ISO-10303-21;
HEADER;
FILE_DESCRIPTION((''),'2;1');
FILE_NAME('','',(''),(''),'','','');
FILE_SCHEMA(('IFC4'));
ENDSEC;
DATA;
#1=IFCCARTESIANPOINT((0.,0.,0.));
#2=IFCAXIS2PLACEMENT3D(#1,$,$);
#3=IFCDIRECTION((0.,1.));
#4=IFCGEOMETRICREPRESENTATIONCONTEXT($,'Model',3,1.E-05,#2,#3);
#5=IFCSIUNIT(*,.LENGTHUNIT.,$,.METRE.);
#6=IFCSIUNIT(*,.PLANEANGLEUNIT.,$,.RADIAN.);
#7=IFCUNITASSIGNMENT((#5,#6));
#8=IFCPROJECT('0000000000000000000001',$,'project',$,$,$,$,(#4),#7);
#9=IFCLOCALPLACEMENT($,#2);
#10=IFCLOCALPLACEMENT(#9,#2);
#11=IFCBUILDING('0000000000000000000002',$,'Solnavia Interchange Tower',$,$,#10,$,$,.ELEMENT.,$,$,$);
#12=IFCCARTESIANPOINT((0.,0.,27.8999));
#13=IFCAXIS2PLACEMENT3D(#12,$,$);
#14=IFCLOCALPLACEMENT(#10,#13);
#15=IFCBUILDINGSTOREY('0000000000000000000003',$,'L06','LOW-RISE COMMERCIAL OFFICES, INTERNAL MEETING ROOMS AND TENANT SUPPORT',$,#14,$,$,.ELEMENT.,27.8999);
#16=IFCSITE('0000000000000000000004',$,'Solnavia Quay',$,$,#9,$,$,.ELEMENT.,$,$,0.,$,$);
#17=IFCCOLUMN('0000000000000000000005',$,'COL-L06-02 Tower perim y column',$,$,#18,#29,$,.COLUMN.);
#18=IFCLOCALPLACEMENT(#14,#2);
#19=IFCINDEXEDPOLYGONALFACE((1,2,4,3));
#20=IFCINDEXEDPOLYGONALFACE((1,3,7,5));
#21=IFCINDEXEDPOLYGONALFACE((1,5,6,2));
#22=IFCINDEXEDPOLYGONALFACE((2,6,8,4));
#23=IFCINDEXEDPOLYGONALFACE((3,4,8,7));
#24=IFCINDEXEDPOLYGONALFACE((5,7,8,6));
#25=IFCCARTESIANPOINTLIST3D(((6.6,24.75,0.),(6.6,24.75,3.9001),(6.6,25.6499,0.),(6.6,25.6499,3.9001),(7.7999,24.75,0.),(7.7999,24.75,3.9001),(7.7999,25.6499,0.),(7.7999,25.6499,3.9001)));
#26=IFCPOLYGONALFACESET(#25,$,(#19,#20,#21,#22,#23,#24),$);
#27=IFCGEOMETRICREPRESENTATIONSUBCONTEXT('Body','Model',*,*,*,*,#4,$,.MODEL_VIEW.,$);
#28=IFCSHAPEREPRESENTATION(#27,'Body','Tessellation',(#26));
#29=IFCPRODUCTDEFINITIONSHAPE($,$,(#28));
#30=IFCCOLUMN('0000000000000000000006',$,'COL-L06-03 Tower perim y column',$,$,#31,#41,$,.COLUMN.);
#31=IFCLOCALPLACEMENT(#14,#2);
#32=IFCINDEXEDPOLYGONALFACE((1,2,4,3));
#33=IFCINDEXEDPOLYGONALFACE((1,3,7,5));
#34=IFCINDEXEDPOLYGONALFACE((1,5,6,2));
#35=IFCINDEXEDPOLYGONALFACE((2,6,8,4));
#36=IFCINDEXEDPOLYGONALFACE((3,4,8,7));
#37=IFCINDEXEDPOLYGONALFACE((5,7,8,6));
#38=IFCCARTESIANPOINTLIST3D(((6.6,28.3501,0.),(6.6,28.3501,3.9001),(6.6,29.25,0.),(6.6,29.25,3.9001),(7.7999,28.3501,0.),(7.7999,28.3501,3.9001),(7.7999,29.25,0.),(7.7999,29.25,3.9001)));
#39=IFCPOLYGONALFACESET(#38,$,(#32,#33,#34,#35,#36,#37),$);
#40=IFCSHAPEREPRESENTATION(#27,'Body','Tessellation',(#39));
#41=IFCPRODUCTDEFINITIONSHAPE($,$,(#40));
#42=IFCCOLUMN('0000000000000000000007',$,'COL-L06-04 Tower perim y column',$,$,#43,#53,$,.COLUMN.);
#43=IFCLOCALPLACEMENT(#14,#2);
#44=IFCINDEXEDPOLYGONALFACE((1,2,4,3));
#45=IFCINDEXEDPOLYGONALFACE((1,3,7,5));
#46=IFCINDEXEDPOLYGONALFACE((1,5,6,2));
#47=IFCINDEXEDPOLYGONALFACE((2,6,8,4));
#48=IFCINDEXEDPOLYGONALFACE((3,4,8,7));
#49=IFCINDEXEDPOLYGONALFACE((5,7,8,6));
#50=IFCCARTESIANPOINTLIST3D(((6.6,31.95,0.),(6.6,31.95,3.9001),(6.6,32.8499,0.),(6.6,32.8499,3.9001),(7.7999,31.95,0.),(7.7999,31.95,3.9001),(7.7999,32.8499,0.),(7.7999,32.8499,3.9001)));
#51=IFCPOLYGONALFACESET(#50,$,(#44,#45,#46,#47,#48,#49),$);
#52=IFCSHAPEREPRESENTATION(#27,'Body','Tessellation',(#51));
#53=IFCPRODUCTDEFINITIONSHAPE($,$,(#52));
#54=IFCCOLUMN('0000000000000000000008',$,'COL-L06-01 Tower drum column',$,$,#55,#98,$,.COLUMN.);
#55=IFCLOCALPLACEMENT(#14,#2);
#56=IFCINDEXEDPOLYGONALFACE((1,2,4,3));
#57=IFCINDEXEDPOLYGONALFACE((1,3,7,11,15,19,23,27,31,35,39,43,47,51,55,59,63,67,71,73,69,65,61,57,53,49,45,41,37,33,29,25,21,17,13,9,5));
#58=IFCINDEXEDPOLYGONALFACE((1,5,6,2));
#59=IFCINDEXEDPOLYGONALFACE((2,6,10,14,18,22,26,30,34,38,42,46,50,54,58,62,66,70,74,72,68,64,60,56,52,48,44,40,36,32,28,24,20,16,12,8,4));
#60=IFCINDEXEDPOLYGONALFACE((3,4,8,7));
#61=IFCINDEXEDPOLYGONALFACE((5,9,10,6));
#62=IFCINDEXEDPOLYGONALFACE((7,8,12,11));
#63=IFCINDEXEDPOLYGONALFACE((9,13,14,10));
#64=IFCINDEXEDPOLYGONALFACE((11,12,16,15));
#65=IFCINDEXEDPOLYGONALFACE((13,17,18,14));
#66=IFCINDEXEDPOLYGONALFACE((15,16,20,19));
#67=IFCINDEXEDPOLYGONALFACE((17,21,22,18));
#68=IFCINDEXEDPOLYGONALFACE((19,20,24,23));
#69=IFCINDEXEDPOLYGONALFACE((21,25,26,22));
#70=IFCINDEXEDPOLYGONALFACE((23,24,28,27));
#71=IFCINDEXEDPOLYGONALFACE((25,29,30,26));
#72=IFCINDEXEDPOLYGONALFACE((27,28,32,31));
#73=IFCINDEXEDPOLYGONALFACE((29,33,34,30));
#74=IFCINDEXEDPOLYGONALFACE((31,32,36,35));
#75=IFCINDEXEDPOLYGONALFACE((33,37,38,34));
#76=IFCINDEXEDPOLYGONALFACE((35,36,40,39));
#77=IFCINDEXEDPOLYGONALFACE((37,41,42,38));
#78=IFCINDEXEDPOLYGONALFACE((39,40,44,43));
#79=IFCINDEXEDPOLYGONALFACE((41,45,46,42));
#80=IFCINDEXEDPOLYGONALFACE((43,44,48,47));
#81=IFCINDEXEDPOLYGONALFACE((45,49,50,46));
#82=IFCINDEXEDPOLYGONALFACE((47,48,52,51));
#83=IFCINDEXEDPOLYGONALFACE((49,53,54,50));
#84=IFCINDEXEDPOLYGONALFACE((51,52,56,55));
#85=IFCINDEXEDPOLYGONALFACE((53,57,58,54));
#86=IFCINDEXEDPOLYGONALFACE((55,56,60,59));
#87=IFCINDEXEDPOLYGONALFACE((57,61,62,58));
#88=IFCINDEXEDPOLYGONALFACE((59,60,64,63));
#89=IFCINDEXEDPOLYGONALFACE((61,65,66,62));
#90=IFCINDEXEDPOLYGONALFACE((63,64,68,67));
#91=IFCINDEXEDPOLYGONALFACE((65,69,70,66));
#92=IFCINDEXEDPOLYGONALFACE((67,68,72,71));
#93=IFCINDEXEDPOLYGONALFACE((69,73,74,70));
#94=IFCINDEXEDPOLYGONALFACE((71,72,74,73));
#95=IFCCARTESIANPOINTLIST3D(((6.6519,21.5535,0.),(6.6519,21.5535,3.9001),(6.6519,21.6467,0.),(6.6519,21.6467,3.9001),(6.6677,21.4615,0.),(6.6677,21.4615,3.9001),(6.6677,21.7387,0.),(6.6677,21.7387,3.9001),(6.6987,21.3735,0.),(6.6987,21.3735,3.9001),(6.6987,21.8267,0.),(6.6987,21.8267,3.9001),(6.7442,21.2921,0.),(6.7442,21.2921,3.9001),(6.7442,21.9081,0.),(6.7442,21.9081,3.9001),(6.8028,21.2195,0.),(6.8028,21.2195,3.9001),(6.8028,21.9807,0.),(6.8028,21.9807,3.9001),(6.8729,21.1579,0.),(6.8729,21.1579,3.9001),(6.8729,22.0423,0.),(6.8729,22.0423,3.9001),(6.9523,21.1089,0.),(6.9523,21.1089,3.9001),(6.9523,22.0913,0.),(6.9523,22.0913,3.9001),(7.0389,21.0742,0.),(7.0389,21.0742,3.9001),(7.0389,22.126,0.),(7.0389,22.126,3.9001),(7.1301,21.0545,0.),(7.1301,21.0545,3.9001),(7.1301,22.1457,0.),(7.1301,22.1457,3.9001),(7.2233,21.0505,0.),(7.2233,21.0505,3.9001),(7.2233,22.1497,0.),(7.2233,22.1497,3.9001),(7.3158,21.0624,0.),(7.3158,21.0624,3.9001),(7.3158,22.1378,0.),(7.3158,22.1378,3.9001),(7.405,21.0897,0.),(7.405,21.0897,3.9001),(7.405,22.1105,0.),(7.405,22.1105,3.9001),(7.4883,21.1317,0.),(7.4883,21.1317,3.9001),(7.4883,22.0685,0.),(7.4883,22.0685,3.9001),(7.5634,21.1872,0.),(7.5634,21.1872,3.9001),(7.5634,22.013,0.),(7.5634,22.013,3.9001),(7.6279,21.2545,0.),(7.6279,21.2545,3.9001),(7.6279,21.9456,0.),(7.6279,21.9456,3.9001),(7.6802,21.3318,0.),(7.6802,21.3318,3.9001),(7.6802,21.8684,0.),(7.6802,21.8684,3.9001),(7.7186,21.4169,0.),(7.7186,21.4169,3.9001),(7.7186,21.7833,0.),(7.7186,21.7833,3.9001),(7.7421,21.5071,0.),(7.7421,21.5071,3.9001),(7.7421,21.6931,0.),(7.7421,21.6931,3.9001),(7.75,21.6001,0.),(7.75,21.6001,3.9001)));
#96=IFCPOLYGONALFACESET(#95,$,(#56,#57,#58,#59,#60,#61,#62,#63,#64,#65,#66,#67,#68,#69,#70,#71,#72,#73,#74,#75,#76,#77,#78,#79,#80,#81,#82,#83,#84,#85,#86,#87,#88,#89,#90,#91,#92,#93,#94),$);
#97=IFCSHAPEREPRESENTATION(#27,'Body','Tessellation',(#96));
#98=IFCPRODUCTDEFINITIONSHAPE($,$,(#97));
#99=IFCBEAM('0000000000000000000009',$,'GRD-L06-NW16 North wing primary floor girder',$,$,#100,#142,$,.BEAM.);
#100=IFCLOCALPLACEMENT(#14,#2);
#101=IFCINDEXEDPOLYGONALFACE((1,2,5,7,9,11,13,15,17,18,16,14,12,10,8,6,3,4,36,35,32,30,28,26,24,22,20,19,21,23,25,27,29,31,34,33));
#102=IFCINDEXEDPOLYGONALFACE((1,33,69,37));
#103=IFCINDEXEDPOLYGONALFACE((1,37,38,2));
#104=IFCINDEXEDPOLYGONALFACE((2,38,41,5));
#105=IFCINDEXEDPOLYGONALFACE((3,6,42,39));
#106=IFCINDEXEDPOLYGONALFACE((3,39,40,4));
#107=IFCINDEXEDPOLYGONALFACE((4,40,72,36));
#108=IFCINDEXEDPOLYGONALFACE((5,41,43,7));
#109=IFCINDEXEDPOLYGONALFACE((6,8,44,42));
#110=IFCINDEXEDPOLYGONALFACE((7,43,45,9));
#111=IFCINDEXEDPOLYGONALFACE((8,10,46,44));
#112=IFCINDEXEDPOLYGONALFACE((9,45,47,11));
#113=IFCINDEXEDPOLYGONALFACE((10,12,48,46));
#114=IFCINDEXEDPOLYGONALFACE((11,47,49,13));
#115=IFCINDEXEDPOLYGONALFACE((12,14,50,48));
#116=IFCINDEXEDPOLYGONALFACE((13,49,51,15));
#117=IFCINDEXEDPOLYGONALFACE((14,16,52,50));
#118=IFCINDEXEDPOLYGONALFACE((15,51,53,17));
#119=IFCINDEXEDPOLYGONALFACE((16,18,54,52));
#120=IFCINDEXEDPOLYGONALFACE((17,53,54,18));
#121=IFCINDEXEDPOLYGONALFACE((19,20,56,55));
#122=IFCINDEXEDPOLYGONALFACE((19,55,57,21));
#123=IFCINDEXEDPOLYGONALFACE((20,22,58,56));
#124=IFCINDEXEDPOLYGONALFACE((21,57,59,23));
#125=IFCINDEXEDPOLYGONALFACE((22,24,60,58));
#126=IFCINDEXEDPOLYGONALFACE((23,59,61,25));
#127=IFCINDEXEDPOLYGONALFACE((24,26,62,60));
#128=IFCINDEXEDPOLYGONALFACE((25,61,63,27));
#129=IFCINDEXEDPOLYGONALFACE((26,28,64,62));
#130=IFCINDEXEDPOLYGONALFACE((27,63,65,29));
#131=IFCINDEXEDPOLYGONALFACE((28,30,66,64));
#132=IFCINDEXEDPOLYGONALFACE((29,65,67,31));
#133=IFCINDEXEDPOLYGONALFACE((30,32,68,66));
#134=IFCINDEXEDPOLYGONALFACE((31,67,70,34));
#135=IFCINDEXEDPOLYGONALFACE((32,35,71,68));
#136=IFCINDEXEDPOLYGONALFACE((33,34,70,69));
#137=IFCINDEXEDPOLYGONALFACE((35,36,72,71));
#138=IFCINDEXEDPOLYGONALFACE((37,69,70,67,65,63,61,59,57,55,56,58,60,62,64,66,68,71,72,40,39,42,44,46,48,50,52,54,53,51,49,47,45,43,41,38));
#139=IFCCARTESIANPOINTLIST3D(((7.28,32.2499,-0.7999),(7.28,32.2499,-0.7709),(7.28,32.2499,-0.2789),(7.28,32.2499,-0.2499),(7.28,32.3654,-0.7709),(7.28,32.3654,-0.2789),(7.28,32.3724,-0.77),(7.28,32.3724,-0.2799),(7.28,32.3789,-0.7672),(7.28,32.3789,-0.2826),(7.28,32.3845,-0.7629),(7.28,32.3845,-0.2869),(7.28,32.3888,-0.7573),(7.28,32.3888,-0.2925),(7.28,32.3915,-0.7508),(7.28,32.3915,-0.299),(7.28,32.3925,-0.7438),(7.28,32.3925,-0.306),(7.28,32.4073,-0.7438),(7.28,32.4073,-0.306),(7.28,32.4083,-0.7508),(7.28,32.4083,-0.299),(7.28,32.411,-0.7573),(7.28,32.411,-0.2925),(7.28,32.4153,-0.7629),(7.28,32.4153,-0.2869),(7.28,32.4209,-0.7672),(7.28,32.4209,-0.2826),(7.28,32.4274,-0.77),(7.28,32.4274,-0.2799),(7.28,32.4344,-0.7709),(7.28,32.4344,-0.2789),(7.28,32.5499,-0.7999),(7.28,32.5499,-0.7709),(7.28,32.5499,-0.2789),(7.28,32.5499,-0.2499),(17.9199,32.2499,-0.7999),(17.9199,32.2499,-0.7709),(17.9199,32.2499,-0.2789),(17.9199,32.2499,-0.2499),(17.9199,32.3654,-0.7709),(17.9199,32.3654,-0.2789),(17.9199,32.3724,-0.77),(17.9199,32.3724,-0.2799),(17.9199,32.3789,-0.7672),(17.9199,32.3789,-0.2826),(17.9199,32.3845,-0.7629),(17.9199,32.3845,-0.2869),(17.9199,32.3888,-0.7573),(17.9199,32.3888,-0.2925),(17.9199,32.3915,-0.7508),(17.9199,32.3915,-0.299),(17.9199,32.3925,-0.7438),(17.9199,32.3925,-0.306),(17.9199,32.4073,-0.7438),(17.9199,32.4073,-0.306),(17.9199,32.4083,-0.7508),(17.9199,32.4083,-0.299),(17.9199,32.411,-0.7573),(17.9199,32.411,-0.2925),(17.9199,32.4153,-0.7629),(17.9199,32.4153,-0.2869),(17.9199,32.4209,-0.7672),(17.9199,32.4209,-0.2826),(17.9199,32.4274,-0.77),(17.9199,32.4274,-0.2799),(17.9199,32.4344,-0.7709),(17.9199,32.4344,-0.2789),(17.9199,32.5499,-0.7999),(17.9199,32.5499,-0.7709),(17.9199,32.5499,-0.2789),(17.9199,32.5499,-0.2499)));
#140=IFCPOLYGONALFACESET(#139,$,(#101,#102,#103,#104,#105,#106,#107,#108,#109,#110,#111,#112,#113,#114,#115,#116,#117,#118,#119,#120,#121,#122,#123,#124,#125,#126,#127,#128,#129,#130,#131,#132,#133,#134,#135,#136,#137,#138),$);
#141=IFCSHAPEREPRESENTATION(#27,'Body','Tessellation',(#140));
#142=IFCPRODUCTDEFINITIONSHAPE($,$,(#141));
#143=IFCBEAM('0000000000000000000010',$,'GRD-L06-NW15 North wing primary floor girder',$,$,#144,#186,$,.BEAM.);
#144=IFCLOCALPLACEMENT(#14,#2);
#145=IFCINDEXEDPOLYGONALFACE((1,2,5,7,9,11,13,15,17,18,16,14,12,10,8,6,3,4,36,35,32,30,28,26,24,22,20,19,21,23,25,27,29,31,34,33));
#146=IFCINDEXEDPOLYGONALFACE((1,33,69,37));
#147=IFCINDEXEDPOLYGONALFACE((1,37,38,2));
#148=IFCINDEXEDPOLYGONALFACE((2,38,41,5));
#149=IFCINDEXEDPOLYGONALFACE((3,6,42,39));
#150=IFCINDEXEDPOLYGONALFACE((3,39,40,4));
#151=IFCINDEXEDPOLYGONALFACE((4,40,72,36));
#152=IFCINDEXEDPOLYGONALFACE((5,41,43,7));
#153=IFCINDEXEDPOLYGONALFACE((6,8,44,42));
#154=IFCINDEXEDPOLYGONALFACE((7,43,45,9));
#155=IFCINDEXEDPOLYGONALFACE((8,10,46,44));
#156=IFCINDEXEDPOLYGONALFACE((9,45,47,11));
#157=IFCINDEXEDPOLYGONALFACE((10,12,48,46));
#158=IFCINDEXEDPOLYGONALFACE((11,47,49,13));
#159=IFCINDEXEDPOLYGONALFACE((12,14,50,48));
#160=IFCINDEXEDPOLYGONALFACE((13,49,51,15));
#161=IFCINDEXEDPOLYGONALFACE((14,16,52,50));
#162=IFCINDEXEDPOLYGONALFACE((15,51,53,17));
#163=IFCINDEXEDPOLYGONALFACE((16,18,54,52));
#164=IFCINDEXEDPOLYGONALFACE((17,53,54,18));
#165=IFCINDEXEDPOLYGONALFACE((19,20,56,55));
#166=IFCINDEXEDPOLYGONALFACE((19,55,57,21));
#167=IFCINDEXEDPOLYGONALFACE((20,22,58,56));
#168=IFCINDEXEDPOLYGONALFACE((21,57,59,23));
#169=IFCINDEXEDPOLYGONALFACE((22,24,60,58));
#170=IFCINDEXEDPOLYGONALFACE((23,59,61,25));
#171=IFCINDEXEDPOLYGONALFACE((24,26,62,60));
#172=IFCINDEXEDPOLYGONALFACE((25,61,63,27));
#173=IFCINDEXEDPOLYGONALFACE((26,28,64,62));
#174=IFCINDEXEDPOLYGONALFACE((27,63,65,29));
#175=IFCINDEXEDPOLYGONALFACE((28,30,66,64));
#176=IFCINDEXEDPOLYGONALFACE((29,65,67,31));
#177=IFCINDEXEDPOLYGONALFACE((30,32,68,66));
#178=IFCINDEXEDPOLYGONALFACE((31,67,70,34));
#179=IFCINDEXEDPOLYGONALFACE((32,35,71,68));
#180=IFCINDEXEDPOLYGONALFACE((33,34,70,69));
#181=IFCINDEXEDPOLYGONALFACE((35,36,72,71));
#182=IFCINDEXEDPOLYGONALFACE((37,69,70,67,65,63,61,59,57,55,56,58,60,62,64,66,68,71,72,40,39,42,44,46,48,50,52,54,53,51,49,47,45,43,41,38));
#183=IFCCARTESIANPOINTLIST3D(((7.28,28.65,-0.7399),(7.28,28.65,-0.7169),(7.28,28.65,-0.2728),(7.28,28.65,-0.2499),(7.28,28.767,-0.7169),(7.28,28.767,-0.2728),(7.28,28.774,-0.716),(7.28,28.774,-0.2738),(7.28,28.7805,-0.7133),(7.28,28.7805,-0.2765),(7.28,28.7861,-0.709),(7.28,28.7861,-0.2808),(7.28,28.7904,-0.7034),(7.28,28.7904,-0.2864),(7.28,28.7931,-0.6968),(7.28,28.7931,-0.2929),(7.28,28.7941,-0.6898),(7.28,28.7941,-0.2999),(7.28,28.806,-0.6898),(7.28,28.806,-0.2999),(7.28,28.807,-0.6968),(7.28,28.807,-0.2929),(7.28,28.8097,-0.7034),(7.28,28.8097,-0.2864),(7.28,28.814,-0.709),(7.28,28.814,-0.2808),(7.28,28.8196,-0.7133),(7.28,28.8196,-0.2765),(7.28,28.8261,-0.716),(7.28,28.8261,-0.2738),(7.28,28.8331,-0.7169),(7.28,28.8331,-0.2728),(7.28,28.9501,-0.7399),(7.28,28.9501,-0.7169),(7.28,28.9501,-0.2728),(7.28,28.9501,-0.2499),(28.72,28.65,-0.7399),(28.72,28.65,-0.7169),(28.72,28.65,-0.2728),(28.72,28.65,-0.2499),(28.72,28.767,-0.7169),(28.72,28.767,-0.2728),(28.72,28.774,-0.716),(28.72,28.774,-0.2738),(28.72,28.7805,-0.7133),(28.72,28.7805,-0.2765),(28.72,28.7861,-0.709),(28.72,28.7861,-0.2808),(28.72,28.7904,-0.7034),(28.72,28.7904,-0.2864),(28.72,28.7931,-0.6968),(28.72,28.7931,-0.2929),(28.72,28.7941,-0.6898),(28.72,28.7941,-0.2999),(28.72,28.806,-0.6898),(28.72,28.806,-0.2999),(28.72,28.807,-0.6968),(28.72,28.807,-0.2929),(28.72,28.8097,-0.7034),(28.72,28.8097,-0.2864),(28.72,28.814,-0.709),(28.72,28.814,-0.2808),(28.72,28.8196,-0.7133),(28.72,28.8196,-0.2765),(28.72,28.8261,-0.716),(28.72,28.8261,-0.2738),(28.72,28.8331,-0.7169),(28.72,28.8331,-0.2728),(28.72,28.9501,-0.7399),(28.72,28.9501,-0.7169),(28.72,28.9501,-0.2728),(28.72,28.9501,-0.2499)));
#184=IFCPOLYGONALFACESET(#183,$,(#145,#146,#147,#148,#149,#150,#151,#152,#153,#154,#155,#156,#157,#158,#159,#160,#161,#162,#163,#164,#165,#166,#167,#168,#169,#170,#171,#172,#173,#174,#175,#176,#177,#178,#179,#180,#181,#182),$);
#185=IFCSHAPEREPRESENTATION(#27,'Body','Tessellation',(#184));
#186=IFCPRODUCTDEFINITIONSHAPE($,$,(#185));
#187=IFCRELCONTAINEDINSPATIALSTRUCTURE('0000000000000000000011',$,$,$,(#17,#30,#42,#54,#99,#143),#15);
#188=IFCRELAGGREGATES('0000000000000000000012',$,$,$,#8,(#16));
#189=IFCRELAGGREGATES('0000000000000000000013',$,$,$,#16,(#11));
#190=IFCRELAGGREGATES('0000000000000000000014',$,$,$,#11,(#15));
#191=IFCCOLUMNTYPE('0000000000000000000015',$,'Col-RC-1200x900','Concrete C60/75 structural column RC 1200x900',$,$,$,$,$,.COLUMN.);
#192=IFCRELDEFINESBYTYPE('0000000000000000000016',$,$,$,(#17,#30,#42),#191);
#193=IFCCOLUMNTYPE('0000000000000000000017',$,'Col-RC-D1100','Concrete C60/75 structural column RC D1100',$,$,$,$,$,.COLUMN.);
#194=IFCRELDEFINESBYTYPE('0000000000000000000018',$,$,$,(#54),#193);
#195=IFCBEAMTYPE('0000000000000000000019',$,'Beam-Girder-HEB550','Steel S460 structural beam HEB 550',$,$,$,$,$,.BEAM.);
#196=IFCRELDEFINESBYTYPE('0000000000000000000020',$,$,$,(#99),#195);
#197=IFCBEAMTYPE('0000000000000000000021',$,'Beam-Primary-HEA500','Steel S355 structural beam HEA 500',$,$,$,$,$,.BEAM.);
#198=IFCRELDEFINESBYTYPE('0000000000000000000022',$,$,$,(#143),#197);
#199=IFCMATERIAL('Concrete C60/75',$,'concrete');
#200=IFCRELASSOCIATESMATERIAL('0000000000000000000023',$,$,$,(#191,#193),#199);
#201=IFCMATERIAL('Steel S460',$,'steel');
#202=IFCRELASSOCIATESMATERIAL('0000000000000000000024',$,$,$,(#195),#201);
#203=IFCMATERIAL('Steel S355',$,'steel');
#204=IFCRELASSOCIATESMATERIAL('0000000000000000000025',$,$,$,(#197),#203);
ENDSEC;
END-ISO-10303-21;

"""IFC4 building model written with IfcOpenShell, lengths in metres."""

from ifc_helpers import new_model, si_unit, direction, frame, origin, origin_2d, place, context, subcontext, project, spatial, rectangle, circle, i_section, extrude, material, material_profile, profile_set, type_object, element, save


model = new_model("IFC4")

# Units and contexts
model_context = context("Model", 3, precision=1e-05, world=origin(), true_north=direction((0.0, 1.0)))
body_context = subcontext(model_context, "Body", "Model", "MODEL_VIEW")
ifc_project = project(units=[si_unit("LENGTHUNIT", "METRE"), si_unit("PLANEANGLEUNIT", "RADIAN")], contexts=[model_context])

# Site, building, storey
site_placement = place(None, origin())
site = spatial("IfcSite", under=ifc_project, at=site_placement, Name="Solnavia Quay", CompositionType="ELEMENT", RefElevation=0.0)
building_placement = place(site_placement, origin())
building = spatial("IfcBuilding", under=site, at=building_placement, Name="Solnavia Interchange Tower", CompositionType="ELEMENT")
storey_placement = place(building_placement, frame((0.0, 0.0, 27.8999)))
storey = spatial("IfcBuildingStorey", under=building, at=storey_placement, Name="L06", Description="LOW-RISE COMMERCIAL OFFICES, INTERNAL MEETING ROOMS AND TENANT SUPPORT", CompositionType="ELEMENT", Elevation=27.8999)

# Columns
ifc_material_1 = material(Name="Concrete C60/75", Category="concrete")
ifc_material_profile_1 = material_profile(ifc_material_1, rectangle(XDim=0.8999, YDim=1.2, at=origin_2d()), Name="RC 1200x900")
ifc_profile_set_1 = profile_set([ifc_material_profile_1], Name="Concrete C60/75")
column_type_1 = type_object("IfcColumnType", Name="Col-RC-1200x900", Description="Concrete C60/75 structural column RC 1200x900", PredefinedType="COLUMN", material=ifc_profile_set_1)
for number, where, z_axis, x_axis, name in (
    (1, (7.2, 25.2, 0.0), (0.0, 0.0, 1.0), (0.0, 1.0, 0.0), "COL-L06-02 Tower perim y column"),
    (2, (7.2, 28.8, 0.0), (0.0, 0.0, 1.0), (0.0, 1.0, 0.0), "COL-L06-03 Tower perim y column"),
    (3, (7.2, 32.3999, 0.0), (0.0, 0.0, 1.0), (0.0, 1.0, 0.0), "COL-L06-04 Tower perim y column"),
):
    element("IfcColumn", number, at=place(storey_placement, frame(where, z_axis=z_axis, x_axis=x_axis)), inside=storey, type_object=column_type_1, Name=name, PredefinedType="COLUMN", context=body_context, shape_type="SweptSolid", body=[
        extrude(rectangle(XDim=0.8999, YDim=1.2, at=origin_2d()), origin(), (0.0, 0.0, 1.0), 3.9001),
    ])
ifc_material_profile_2 = material_profile(ifc_material_1, circle(Radius=0.55, at=origin_2d()), Name="RC D1100")
ifc_profile_set_2 = profile_set([ifc_material_profile_2], Name="Concrete C60/75")
column_type_2 = type_object("IfcColumnType", Name="Col-RC-D1100", Description="Concrete C60/75 structural column RC D1100", PredefinedType="COLUMN", material=ifc_profile_set_2)
column_placement = place(storey_placement, frame((7.2, 21.6001, 0.0), z_axis=(0.0, 0.0, 1.0), x_axis=(1.0, 0.0, 0.0)))
element("IfcColumn", 4, at=column_placement, inside=storey, type_object=column_type_2, Name="COL-L06-01 Tower drum column", PredefinedType="COLUMN", context=body_context, shape_type="SweptSolid", body=[
    extrude(circle(Radius=0.55, at=origin_2d()), origin(), (0.0, 0.0, 1.0), 3.9001),
])

# Beams
ifc_material_2 = material(Name="Steel S460", Category="steel")
ifc_material_profile_3 = material_profile(ifc_material_2, i_section(OverallWidth=0.3, OverallDepth=0.55, WebThickness=0.0149, FlangeThickness=0.0291, FilletRadius=0.0271, at=origin_2d()), Name="HEB 550")
ifc_profile_set_3 = profile_set([ifc_material_profile_3], Name="Steel S460")
beam_type_1 = type_object("IfcBeamType", Name="Beam-Girder-HEB550", Description="Steel S460 structural beam HEB 550", PredefinedType="BEAM", material=ifc_profile_set_3)
beam_1_placement = place(storey_placement, frame((7.28, 32.3999, -0.5249), z_axis=(1.0, 0.0, 0.0), x_axis=(0.0, 1.0, 0.0)))
element("IfcBeam", 5, at=beam_1_placement, inside=storey, type_object=beam_type_1, Name="GRD-L06-NW16 North wing primary floor girder", PredefinedType="BEAM", context=body_context, shape_type="SweptSolid", body=[
    extrude(i_section(OverallWidth=0.3, OverallDepth=0.55, WebThickness=0.0149, FlangeThickness=0.0291, FilletRadius=0.0271, at=origin_2d()), origin(), (0.0, 0.0, 1.0), 10.6399),
])
ifc_material_3 = material(Name="Steel S355", Category="steel")
ifc_material_profile_4 = material_profile(ifc_material_3, i_section(OverallWidth=0.3, OverallDepth=0.49, WebThickness=0.012, FlangeThickness=0.0229, FilletRadius=0.0271, at=origin_2d()), Name="HEA 500")
ifc_profile_set_4 = profile_set([ifc_material_profile_4], Name="Steel S355")
beam_type_2 = type_object("IfcBeamType", Name="Beam-Primary-HEA500", Description="Steel S355 structural beam HEA 500", PredefinedType="BEAM", material=ifc_profile_set_4)
beam_2_placement = place(storey_placement, frame((7.28, 28.8, -0.4949), z_axis=(1.0, 0.0, 0.0), x_axis=(0.0, 1.0, 0.0)))
element("IfcBeam", 6, at=beam_2_placement, inside=storey, type_object=beam_type_2, Name="GRD-L06-NW15 North wing primary floor girder", PredefinedType="BEAM", context=body_context, shape_type="SweptSolid", body=[
    extrude(i_section(OverallWidth=0.3, OverallDepth=0.49, WebThickness=0.012, FlangeThickness=0.0229, FilletRadius=0.0271, at=origin_2d()), origin(), (0.0, 0.0, 1.0), 21.4399),
])

save(model, "model.ifc")
